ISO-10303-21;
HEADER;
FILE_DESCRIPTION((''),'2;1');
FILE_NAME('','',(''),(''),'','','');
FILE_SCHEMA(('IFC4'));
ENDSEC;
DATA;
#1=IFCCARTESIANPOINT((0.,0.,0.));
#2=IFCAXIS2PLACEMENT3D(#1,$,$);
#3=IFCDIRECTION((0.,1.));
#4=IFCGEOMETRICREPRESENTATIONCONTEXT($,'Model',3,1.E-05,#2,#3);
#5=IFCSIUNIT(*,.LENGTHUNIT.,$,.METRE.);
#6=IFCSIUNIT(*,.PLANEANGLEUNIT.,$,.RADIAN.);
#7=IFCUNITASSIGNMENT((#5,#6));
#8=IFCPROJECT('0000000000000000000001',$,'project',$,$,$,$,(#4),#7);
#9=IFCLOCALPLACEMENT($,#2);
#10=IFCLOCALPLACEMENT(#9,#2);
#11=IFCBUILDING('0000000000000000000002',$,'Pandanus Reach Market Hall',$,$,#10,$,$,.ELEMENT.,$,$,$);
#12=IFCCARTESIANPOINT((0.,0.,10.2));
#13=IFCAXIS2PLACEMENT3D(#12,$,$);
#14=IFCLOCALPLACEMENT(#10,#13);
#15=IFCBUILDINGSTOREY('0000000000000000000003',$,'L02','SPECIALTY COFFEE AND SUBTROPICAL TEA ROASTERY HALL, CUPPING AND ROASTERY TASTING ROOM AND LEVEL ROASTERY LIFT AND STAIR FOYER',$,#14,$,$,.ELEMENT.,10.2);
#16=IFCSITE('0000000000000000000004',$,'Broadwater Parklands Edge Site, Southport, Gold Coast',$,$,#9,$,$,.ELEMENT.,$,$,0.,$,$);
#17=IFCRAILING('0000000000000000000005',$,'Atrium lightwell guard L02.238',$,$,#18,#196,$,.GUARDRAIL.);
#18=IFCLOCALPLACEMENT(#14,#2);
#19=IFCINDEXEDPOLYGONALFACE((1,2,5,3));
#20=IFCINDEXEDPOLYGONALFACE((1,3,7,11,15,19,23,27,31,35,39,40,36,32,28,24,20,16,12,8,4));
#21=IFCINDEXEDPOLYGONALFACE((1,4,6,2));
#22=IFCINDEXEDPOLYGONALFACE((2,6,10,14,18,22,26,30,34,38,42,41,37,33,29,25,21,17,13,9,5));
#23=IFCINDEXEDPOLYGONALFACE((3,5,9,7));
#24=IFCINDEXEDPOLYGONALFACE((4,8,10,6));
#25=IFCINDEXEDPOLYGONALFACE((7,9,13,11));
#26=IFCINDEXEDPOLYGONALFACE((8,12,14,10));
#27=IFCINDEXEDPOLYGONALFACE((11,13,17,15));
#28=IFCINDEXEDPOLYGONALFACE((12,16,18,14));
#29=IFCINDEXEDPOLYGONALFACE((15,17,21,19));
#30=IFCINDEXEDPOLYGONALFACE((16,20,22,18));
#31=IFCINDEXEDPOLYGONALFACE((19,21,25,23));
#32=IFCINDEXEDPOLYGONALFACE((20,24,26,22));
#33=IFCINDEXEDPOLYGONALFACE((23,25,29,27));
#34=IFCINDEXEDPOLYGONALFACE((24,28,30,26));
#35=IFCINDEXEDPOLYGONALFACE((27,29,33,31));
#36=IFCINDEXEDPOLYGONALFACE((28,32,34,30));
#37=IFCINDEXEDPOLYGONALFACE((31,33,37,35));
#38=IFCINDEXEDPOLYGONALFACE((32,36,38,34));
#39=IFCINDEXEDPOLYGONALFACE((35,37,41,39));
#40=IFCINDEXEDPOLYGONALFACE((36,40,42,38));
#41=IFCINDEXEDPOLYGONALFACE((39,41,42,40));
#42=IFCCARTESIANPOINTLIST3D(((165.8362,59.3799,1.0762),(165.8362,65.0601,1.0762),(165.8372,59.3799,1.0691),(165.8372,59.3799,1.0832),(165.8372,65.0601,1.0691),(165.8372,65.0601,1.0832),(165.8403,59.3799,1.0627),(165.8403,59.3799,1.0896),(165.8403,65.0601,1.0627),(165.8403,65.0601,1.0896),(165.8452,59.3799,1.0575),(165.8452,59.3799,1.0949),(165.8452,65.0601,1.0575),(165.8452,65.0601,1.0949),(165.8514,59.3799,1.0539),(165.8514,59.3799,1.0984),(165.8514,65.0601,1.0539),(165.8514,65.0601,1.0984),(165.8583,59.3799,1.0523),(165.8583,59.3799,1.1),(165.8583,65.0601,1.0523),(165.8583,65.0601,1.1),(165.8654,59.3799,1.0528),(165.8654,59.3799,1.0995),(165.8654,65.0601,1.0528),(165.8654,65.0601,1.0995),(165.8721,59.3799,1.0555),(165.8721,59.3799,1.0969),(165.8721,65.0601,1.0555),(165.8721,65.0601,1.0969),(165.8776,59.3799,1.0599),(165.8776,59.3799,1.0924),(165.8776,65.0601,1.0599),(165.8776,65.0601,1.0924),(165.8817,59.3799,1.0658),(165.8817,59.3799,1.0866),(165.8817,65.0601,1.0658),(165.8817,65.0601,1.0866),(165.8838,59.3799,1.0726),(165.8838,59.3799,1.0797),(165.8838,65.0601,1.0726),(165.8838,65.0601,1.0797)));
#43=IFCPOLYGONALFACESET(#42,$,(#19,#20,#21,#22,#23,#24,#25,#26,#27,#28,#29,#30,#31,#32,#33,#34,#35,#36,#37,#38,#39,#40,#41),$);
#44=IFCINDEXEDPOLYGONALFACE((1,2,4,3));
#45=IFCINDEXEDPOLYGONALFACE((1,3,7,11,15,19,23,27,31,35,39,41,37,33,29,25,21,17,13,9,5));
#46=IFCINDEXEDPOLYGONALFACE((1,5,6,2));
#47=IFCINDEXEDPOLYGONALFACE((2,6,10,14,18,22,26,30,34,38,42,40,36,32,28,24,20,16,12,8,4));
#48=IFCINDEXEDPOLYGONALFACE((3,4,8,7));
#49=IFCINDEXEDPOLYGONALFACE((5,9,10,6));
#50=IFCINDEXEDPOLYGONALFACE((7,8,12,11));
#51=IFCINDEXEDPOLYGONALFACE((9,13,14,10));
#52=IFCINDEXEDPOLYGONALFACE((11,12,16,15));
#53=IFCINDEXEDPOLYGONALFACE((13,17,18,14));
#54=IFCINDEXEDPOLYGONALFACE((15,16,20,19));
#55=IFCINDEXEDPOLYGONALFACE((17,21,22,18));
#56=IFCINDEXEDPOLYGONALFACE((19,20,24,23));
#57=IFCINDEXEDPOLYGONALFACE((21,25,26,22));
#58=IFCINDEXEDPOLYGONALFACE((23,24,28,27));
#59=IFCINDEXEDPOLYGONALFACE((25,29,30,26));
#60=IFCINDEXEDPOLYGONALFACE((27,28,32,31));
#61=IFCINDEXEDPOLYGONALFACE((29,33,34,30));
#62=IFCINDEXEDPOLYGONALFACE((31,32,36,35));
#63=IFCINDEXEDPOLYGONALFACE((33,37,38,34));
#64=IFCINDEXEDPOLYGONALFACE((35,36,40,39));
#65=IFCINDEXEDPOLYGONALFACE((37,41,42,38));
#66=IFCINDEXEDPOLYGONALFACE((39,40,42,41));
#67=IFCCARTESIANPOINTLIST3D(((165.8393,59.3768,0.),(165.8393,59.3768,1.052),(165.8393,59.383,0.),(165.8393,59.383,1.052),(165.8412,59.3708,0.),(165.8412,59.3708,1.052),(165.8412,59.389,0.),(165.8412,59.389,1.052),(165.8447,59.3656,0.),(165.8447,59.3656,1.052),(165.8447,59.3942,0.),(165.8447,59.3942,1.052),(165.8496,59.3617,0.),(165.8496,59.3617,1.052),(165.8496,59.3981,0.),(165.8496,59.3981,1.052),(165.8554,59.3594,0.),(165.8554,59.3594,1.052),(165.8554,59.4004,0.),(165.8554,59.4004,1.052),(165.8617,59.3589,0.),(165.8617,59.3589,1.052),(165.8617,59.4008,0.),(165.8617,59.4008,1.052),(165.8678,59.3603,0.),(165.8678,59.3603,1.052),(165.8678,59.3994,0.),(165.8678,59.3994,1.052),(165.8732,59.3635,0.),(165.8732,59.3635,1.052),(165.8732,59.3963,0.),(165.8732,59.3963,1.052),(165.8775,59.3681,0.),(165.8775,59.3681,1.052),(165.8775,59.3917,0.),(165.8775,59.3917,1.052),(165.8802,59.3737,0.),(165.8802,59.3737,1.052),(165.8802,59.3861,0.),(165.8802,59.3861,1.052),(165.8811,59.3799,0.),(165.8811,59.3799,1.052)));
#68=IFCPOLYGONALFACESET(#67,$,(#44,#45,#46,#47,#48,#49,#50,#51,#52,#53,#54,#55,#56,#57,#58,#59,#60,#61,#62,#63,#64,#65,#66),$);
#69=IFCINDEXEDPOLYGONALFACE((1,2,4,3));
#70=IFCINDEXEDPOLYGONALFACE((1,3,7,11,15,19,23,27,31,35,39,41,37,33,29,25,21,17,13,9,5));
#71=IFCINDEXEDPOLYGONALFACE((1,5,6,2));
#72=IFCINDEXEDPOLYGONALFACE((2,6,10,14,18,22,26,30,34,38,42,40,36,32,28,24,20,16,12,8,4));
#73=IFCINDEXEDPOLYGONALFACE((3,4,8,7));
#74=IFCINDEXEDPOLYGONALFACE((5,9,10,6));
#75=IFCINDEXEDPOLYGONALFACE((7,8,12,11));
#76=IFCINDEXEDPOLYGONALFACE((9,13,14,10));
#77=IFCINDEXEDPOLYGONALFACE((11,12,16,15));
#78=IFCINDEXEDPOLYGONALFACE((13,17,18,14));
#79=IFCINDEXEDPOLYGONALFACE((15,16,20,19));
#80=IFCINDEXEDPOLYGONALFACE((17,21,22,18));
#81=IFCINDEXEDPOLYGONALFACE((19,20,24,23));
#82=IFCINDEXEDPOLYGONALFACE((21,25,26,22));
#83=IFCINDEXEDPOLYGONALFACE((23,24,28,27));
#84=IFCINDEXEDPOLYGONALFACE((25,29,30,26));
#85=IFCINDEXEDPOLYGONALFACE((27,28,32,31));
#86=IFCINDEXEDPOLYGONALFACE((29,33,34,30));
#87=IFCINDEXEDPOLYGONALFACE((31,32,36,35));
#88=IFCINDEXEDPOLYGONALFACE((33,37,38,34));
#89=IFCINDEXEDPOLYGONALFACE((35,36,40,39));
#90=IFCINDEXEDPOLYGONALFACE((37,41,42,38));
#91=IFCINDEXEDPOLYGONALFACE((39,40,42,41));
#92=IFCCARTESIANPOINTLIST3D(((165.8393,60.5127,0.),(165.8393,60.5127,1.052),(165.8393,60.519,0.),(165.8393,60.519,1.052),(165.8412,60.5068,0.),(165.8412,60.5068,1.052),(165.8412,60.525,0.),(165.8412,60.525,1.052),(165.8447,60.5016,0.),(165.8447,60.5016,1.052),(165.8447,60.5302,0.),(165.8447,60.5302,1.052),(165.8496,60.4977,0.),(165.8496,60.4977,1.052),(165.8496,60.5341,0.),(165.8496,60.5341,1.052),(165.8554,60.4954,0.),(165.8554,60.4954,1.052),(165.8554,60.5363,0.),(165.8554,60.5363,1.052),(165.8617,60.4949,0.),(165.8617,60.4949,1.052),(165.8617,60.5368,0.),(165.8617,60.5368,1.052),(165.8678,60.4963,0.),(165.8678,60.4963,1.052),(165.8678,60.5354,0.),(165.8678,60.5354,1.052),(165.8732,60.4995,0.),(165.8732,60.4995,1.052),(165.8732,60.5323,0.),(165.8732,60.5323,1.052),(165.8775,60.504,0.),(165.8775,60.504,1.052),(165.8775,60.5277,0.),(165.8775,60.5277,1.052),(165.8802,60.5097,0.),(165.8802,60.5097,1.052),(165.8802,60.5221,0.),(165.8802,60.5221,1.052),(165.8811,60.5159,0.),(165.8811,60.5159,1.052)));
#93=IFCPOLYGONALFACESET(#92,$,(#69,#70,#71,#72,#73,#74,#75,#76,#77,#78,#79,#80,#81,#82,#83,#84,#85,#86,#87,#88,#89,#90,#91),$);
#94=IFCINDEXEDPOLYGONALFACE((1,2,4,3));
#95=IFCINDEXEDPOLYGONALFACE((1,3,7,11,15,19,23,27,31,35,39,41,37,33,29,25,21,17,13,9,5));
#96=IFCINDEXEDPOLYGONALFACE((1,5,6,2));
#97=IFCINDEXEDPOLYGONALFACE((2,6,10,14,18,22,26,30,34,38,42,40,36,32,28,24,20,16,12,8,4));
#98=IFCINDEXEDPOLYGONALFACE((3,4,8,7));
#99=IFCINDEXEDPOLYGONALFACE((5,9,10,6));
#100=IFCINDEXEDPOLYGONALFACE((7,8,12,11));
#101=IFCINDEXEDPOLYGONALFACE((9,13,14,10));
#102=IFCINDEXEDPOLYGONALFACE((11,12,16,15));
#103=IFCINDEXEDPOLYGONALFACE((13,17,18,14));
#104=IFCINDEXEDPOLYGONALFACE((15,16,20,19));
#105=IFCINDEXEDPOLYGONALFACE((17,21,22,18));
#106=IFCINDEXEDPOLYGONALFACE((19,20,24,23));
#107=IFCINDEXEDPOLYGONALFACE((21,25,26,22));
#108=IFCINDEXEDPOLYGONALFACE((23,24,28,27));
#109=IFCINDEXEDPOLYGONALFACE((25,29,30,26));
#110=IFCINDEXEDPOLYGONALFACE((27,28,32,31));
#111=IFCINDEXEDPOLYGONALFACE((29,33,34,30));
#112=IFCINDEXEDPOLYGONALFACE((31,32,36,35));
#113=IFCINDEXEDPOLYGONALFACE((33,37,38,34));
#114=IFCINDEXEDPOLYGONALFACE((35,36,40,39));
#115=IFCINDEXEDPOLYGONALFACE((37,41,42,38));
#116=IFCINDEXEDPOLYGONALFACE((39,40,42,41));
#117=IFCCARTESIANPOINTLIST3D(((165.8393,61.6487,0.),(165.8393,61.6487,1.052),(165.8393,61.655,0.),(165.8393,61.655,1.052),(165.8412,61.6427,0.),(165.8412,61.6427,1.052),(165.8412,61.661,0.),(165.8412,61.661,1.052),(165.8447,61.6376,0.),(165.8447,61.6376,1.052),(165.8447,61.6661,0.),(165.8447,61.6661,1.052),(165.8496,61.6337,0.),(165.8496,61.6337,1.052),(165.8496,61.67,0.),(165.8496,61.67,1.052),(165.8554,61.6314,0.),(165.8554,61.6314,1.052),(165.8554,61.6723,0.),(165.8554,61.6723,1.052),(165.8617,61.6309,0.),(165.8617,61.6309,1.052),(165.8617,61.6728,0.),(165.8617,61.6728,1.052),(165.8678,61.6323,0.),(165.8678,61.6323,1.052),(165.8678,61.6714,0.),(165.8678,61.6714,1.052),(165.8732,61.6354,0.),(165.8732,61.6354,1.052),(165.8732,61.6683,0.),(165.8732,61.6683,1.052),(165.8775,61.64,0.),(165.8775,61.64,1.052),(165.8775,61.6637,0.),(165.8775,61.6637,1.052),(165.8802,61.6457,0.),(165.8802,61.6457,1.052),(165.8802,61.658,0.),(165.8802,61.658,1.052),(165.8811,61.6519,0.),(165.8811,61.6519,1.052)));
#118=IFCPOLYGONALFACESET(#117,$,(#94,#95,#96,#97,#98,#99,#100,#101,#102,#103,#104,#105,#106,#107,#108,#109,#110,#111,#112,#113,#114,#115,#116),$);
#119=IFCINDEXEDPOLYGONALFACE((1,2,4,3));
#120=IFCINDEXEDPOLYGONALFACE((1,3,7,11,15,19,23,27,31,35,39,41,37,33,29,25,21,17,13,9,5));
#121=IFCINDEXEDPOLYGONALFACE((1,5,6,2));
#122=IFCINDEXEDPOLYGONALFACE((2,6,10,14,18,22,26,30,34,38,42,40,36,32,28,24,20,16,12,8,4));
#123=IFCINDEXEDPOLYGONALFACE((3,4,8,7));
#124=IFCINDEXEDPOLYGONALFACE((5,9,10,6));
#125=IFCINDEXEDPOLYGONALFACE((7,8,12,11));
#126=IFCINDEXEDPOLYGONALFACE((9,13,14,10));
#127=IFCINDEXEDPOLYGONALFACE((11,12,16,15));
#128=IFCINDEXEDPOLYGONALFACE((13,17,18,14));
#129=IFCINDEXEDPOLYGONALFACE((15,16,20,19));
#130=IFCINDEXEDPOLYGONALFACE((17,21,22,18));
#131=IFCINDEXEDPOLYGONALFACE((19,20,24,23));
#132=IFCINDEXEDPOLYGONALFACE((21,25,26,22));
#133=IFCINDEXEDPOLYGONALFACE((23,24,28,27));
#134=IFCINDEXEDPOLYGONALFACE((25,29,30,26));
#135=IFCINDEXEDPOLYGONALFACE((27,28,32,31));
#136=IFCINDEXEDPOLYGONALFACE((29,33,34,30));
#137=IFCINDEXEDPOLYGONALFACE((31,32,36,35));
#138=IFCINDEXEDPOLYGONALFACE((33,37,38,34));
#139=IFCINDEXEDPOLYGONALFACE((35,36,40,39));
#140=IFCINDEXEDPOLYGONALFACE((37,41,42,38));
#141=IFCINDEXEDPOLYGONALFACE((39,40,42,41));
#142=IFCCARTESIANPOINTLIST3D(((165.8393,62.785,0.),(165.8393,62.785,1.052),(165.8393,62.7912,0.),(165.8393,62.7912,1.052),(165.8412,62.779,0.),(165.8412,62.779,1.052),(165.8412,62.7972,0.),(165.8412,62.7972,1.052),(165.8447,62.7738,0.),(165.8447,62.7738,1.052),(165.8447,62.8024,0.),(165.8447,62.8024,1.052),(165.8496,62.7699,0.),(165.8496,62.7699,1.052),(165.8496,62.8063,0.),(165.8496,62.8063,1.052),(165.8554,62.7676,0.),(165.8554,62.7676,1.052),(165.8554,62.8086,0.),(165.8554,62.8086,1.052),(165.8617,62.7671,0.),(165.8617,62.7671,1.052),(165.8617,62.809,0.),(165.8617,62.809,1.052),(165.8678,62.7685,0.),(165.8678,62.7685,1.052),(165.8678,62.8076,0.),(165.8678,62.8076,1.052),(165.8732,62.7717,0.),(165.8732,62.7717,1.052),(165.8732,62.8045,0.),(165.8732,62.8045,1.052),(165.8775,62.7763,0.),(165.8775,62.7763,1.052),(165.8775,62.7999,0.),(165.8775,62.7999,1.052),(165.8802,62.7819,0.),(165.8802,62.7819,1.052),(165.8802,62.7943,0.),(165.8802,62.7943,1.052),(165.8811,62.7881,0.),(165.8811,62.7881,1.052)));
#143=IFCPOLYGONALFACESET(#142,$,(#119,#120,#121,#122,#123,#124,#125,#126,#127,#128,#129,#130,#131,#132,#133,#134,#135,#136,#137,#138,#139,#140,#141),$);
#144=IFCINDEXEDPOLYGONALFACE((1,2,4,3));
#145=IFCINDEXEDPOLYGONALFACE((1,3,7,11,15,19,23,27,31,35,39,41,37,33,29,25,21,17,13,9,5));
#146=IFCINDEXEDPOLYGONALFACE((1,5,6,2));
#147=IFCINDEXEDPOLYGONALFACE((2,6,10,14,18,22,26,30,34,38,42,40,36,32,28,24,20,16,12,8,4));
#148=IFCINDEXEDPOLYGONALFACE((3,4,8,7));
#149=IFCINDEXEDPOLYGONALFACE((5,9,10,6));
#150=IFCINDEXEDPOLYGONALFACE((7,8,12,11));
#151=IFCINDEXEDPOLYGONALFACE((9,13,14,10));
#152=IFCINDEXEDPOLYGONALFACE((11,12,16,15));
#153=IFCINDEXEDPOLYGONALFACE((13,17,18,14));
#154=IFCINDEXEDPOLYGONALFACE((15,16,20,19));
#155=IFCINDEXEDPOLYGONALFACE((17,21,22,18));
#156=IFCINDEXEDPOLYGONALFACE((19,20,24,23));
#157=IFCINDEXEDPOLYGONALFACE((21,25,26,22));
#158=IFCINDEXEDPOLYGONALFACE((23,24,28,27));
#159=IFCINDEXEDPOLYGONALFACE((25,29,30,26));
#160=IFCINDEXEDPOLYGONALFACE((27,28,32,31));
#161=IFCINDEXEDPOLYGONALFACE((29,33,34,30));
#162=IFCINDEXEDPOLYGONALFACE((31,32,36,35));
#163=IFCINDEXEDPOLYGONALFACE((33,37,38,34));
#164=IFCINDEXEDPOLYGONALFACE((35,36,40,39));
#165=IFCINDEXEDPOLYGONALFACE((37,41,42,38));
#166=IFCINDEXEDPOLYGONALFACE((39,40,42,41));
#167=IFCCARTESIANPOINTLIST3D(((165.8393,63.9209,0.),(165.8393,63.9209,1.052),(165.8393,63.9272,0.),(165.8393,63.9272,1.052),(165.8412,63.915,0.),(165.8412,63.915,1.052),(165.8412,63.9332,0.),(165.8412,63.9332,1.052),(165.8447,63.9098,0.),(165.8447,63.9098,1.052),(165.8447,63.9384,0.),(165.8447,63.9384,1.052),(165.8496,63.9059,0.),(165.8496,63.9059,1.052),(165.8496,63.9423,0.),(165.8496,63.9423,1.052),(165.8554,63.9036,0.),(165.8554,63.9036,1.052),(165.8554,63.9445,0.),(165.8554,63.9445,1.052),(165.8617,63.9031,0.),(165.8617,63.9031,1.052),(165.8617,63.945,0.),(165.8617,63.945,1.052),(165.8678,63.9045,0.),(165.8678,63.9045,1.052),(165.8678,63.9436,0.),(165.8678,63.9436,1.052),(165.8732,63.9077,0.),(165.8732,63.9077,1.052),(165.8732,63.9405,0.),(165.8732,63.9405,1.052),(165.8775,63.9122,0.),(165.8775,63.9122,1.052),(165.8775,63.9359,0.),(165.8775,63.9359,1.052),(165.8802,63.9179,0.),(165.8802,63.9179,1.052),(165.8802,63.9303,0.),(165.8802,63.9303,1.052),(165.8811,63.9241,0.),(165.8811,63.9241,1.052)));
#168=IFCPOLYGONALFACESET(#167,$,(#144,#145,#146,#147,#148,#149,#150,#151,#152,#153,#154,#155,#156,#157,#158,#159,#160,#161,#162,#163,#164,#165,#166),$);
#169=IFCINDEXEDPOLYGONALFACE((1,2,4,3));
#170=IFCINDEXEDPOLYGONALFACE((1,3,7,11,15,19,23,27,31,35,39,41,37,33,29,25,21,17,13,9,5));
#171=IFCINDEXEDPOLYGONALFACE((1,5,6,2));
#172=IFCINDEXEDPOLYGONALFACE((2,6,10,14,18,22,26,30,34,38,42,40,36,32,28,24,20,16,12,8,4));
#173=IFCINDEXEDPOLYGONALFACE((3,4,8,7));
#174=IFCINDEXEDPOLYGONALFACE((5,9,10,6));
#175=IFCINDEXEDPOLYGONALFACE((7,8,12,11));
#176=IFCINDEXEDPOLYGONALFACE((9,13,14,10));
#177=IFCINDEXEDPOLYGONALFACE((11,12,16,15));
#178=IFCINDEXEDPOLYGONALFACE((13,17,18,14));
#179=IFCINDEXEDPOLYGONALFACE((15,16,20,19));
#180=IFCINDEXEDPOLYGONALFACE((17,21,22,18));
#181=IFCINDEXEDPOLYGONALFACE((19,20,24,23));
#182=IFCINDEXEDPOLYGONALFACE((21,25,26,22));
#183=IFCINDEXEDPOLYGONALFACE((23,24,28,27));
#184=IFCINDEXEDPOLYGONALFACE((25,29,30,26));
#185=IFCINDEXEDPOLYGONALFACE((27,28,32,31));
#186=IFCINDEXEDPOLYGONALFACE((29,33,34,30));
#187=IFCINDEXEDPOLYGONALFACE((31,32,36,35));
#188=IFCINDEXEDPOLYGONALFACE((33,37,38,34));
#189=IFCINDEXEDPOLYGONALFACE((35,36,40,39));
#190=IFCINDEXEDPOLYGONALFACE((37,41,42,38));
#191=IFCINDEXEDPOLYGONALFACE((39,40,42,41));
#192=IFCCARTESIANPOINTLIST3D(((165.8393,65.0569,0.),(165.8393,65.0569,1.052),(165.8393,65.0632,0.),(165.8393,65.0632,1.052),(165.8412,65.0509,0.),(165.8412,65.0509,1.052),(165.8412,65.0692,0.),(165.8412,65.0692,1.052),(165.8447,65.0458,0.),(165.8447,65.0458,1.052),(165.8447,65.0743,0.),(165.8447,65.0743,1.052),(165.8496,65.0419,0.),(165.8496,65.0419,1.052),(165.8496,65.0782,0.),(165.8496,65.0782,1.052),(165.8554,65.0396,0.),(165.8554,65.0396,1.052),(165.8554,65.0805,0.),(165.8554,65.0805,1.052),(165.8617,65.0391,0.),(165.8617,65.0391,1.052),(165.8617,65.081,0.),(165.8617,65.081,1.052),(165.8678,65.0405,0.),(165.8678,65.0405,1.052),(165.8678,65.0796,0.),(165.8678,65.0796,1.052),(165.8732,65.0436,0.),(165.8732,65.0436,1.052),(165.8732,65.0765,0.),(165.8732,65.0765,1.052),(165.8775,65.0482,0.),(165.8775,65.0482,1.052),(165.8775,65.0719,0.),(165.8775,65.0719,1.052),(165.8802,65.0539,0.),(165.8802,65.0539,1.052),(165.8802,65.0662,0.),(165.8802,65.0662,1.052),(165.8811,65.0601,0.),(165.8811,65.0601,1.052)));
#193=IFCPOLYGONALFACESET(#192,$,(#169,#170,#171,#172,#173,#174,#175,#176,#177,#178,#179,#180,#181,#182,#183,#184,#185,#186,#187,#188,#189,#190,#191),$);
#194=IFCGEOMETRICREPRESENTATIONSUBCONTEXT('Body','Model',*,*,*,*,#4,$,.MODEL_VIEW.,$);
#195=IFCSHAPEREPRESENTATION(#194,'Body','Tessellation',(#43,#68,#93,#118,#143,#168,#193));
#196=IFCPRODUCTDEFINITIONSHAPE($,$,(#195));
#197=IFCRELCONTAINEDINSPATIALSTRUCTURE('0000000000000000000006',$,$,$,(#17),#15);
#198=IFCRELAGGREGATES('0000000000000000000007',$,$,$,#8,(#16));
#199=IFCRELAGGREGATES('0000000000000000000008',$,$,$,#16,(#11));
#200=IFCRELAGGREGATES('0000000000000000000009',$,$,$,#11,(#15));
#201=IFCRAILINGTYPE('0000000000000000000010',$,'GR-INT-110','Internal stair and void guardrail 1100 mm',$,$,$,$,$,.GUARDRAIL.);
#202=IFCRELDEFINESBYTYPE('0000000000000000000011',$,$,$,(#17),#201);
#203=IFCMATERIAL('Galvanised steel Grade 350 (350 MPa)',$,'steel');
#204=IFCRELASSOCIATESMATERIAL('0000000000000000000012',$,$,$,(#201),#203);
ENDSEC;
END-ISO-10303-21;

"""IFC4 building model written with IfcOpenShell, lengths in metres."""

from ifc_helpers import new_model, si_unit, direction, frame, origin, origin_2d, place, context, subcontext, project, spatial, circle, extrude, material, type_object, element, save


model = new_model("IFC4")

# Units and contexts
model_context = context("Model", 3, precision=1e-05, world=origin(), true_north=direction((0.0, 1.0)))
body_context = subcontext(model_context, "Body", "Model", "MODEL_VIEW")
ifc_project = project(units=[si_unit("LENGTHUNIT", "METRE"), si_unit("PLANEANGLEUNIT", "RADIAN")], contexts=[model_context])

# Site, building, storey
site_placement = place(None, origin())
site = spatial("IfcSite", under=ifc_project, at=site_placement, Name="Broadwater Parklands Edge Site, Southport, Gold Coast", CompositionType="ELEMENT", RefElevation=0.0)
building_placement = place(site_placement, origin())
building = spatial("IfcBuilding", under=site, at=building_placement, Name="Pandanus Reach Market Hall", CompositionType="ELEMENT")
storey_placement = place(building_placement, frame((0.0, 0.0, 10.2)))
storey = spatial("IfcBuildingStorey", under=building, at=storey_placement, Name="L02", Description="SPECIALTY COFFEE AND SUBTROPICAL TEA ROASTERY HALL, CUPPING AND ROASTERY TASTING ROOM AND LEVEL ROASTERY LIFT AND STAIR FOYER", CompositionType="ELEMENT", Elevation=10.2)

# Railing
ifc_material_1 = material(Name="Galvanised steel Grade 350 (350 MPa)", Category="steel")
railing_type_1 = type_object("IfcRailingType", Name="GR-INT-110", Description="Internal stair and void guardrail 1100 mm", PredefinedType="GUARDRAIL", material=ifc_material_1)
railing_1_placement = place(storey_placement, frame((165.8601, 59.3799, 0.0)))
element("IfcRailing", 1, at=railing_1_placement, inside=storey, type_object=railing_type_1, Name="Atrium lightwell guard L02.238", PredefinedType="GUARDRAIL", context=body_context, shape_type="SweptSolid", body=[
    extrude(circle(Radius=0.0239, at=origin_2d()), frame((0.0, 0.0, 1.0762), z_axis=(0.0, 1.0, 0.0), x_axis=(-1.0, 0.0, 0.0)), (0.0, 0.0, 1.0), 5.6802),
    extrude(circle(Radius=0.021, at=origin_2d()), origin(), (0.0, 0.0, 1.0), 1.052),
    extrude(circle(Radius=0.021, at=origin_2d()), frame((0.0, 1.136, 0.0)), (0.0, 0.0, 1.0), 1.052),
    extrude(circle(Radius=0.021, at=origin_2d()), frame((0.0, 2.272, 0.0)), (0.0, 0.0, 1.0), 1.052),
    extrude(circle(Radius=0.021, at=origin_2d()), frame((0.0, 3.4082, 0.0)), (0.0, 0.0, 1.0), 1.052),
    extrude(circle(Radius=0.021, at=origin_2d()), frame((0.0, 4.5442, 0.0)), (0.0, 0.0, 1.0), 1.052),
    extrude(circle(Radius=0.021, at=origin_2d()), frame((0.0, 5.6802, 0.0)), (0.0, 0.0, 1.0), 1.052),
])

save(model, "model.ifc")
